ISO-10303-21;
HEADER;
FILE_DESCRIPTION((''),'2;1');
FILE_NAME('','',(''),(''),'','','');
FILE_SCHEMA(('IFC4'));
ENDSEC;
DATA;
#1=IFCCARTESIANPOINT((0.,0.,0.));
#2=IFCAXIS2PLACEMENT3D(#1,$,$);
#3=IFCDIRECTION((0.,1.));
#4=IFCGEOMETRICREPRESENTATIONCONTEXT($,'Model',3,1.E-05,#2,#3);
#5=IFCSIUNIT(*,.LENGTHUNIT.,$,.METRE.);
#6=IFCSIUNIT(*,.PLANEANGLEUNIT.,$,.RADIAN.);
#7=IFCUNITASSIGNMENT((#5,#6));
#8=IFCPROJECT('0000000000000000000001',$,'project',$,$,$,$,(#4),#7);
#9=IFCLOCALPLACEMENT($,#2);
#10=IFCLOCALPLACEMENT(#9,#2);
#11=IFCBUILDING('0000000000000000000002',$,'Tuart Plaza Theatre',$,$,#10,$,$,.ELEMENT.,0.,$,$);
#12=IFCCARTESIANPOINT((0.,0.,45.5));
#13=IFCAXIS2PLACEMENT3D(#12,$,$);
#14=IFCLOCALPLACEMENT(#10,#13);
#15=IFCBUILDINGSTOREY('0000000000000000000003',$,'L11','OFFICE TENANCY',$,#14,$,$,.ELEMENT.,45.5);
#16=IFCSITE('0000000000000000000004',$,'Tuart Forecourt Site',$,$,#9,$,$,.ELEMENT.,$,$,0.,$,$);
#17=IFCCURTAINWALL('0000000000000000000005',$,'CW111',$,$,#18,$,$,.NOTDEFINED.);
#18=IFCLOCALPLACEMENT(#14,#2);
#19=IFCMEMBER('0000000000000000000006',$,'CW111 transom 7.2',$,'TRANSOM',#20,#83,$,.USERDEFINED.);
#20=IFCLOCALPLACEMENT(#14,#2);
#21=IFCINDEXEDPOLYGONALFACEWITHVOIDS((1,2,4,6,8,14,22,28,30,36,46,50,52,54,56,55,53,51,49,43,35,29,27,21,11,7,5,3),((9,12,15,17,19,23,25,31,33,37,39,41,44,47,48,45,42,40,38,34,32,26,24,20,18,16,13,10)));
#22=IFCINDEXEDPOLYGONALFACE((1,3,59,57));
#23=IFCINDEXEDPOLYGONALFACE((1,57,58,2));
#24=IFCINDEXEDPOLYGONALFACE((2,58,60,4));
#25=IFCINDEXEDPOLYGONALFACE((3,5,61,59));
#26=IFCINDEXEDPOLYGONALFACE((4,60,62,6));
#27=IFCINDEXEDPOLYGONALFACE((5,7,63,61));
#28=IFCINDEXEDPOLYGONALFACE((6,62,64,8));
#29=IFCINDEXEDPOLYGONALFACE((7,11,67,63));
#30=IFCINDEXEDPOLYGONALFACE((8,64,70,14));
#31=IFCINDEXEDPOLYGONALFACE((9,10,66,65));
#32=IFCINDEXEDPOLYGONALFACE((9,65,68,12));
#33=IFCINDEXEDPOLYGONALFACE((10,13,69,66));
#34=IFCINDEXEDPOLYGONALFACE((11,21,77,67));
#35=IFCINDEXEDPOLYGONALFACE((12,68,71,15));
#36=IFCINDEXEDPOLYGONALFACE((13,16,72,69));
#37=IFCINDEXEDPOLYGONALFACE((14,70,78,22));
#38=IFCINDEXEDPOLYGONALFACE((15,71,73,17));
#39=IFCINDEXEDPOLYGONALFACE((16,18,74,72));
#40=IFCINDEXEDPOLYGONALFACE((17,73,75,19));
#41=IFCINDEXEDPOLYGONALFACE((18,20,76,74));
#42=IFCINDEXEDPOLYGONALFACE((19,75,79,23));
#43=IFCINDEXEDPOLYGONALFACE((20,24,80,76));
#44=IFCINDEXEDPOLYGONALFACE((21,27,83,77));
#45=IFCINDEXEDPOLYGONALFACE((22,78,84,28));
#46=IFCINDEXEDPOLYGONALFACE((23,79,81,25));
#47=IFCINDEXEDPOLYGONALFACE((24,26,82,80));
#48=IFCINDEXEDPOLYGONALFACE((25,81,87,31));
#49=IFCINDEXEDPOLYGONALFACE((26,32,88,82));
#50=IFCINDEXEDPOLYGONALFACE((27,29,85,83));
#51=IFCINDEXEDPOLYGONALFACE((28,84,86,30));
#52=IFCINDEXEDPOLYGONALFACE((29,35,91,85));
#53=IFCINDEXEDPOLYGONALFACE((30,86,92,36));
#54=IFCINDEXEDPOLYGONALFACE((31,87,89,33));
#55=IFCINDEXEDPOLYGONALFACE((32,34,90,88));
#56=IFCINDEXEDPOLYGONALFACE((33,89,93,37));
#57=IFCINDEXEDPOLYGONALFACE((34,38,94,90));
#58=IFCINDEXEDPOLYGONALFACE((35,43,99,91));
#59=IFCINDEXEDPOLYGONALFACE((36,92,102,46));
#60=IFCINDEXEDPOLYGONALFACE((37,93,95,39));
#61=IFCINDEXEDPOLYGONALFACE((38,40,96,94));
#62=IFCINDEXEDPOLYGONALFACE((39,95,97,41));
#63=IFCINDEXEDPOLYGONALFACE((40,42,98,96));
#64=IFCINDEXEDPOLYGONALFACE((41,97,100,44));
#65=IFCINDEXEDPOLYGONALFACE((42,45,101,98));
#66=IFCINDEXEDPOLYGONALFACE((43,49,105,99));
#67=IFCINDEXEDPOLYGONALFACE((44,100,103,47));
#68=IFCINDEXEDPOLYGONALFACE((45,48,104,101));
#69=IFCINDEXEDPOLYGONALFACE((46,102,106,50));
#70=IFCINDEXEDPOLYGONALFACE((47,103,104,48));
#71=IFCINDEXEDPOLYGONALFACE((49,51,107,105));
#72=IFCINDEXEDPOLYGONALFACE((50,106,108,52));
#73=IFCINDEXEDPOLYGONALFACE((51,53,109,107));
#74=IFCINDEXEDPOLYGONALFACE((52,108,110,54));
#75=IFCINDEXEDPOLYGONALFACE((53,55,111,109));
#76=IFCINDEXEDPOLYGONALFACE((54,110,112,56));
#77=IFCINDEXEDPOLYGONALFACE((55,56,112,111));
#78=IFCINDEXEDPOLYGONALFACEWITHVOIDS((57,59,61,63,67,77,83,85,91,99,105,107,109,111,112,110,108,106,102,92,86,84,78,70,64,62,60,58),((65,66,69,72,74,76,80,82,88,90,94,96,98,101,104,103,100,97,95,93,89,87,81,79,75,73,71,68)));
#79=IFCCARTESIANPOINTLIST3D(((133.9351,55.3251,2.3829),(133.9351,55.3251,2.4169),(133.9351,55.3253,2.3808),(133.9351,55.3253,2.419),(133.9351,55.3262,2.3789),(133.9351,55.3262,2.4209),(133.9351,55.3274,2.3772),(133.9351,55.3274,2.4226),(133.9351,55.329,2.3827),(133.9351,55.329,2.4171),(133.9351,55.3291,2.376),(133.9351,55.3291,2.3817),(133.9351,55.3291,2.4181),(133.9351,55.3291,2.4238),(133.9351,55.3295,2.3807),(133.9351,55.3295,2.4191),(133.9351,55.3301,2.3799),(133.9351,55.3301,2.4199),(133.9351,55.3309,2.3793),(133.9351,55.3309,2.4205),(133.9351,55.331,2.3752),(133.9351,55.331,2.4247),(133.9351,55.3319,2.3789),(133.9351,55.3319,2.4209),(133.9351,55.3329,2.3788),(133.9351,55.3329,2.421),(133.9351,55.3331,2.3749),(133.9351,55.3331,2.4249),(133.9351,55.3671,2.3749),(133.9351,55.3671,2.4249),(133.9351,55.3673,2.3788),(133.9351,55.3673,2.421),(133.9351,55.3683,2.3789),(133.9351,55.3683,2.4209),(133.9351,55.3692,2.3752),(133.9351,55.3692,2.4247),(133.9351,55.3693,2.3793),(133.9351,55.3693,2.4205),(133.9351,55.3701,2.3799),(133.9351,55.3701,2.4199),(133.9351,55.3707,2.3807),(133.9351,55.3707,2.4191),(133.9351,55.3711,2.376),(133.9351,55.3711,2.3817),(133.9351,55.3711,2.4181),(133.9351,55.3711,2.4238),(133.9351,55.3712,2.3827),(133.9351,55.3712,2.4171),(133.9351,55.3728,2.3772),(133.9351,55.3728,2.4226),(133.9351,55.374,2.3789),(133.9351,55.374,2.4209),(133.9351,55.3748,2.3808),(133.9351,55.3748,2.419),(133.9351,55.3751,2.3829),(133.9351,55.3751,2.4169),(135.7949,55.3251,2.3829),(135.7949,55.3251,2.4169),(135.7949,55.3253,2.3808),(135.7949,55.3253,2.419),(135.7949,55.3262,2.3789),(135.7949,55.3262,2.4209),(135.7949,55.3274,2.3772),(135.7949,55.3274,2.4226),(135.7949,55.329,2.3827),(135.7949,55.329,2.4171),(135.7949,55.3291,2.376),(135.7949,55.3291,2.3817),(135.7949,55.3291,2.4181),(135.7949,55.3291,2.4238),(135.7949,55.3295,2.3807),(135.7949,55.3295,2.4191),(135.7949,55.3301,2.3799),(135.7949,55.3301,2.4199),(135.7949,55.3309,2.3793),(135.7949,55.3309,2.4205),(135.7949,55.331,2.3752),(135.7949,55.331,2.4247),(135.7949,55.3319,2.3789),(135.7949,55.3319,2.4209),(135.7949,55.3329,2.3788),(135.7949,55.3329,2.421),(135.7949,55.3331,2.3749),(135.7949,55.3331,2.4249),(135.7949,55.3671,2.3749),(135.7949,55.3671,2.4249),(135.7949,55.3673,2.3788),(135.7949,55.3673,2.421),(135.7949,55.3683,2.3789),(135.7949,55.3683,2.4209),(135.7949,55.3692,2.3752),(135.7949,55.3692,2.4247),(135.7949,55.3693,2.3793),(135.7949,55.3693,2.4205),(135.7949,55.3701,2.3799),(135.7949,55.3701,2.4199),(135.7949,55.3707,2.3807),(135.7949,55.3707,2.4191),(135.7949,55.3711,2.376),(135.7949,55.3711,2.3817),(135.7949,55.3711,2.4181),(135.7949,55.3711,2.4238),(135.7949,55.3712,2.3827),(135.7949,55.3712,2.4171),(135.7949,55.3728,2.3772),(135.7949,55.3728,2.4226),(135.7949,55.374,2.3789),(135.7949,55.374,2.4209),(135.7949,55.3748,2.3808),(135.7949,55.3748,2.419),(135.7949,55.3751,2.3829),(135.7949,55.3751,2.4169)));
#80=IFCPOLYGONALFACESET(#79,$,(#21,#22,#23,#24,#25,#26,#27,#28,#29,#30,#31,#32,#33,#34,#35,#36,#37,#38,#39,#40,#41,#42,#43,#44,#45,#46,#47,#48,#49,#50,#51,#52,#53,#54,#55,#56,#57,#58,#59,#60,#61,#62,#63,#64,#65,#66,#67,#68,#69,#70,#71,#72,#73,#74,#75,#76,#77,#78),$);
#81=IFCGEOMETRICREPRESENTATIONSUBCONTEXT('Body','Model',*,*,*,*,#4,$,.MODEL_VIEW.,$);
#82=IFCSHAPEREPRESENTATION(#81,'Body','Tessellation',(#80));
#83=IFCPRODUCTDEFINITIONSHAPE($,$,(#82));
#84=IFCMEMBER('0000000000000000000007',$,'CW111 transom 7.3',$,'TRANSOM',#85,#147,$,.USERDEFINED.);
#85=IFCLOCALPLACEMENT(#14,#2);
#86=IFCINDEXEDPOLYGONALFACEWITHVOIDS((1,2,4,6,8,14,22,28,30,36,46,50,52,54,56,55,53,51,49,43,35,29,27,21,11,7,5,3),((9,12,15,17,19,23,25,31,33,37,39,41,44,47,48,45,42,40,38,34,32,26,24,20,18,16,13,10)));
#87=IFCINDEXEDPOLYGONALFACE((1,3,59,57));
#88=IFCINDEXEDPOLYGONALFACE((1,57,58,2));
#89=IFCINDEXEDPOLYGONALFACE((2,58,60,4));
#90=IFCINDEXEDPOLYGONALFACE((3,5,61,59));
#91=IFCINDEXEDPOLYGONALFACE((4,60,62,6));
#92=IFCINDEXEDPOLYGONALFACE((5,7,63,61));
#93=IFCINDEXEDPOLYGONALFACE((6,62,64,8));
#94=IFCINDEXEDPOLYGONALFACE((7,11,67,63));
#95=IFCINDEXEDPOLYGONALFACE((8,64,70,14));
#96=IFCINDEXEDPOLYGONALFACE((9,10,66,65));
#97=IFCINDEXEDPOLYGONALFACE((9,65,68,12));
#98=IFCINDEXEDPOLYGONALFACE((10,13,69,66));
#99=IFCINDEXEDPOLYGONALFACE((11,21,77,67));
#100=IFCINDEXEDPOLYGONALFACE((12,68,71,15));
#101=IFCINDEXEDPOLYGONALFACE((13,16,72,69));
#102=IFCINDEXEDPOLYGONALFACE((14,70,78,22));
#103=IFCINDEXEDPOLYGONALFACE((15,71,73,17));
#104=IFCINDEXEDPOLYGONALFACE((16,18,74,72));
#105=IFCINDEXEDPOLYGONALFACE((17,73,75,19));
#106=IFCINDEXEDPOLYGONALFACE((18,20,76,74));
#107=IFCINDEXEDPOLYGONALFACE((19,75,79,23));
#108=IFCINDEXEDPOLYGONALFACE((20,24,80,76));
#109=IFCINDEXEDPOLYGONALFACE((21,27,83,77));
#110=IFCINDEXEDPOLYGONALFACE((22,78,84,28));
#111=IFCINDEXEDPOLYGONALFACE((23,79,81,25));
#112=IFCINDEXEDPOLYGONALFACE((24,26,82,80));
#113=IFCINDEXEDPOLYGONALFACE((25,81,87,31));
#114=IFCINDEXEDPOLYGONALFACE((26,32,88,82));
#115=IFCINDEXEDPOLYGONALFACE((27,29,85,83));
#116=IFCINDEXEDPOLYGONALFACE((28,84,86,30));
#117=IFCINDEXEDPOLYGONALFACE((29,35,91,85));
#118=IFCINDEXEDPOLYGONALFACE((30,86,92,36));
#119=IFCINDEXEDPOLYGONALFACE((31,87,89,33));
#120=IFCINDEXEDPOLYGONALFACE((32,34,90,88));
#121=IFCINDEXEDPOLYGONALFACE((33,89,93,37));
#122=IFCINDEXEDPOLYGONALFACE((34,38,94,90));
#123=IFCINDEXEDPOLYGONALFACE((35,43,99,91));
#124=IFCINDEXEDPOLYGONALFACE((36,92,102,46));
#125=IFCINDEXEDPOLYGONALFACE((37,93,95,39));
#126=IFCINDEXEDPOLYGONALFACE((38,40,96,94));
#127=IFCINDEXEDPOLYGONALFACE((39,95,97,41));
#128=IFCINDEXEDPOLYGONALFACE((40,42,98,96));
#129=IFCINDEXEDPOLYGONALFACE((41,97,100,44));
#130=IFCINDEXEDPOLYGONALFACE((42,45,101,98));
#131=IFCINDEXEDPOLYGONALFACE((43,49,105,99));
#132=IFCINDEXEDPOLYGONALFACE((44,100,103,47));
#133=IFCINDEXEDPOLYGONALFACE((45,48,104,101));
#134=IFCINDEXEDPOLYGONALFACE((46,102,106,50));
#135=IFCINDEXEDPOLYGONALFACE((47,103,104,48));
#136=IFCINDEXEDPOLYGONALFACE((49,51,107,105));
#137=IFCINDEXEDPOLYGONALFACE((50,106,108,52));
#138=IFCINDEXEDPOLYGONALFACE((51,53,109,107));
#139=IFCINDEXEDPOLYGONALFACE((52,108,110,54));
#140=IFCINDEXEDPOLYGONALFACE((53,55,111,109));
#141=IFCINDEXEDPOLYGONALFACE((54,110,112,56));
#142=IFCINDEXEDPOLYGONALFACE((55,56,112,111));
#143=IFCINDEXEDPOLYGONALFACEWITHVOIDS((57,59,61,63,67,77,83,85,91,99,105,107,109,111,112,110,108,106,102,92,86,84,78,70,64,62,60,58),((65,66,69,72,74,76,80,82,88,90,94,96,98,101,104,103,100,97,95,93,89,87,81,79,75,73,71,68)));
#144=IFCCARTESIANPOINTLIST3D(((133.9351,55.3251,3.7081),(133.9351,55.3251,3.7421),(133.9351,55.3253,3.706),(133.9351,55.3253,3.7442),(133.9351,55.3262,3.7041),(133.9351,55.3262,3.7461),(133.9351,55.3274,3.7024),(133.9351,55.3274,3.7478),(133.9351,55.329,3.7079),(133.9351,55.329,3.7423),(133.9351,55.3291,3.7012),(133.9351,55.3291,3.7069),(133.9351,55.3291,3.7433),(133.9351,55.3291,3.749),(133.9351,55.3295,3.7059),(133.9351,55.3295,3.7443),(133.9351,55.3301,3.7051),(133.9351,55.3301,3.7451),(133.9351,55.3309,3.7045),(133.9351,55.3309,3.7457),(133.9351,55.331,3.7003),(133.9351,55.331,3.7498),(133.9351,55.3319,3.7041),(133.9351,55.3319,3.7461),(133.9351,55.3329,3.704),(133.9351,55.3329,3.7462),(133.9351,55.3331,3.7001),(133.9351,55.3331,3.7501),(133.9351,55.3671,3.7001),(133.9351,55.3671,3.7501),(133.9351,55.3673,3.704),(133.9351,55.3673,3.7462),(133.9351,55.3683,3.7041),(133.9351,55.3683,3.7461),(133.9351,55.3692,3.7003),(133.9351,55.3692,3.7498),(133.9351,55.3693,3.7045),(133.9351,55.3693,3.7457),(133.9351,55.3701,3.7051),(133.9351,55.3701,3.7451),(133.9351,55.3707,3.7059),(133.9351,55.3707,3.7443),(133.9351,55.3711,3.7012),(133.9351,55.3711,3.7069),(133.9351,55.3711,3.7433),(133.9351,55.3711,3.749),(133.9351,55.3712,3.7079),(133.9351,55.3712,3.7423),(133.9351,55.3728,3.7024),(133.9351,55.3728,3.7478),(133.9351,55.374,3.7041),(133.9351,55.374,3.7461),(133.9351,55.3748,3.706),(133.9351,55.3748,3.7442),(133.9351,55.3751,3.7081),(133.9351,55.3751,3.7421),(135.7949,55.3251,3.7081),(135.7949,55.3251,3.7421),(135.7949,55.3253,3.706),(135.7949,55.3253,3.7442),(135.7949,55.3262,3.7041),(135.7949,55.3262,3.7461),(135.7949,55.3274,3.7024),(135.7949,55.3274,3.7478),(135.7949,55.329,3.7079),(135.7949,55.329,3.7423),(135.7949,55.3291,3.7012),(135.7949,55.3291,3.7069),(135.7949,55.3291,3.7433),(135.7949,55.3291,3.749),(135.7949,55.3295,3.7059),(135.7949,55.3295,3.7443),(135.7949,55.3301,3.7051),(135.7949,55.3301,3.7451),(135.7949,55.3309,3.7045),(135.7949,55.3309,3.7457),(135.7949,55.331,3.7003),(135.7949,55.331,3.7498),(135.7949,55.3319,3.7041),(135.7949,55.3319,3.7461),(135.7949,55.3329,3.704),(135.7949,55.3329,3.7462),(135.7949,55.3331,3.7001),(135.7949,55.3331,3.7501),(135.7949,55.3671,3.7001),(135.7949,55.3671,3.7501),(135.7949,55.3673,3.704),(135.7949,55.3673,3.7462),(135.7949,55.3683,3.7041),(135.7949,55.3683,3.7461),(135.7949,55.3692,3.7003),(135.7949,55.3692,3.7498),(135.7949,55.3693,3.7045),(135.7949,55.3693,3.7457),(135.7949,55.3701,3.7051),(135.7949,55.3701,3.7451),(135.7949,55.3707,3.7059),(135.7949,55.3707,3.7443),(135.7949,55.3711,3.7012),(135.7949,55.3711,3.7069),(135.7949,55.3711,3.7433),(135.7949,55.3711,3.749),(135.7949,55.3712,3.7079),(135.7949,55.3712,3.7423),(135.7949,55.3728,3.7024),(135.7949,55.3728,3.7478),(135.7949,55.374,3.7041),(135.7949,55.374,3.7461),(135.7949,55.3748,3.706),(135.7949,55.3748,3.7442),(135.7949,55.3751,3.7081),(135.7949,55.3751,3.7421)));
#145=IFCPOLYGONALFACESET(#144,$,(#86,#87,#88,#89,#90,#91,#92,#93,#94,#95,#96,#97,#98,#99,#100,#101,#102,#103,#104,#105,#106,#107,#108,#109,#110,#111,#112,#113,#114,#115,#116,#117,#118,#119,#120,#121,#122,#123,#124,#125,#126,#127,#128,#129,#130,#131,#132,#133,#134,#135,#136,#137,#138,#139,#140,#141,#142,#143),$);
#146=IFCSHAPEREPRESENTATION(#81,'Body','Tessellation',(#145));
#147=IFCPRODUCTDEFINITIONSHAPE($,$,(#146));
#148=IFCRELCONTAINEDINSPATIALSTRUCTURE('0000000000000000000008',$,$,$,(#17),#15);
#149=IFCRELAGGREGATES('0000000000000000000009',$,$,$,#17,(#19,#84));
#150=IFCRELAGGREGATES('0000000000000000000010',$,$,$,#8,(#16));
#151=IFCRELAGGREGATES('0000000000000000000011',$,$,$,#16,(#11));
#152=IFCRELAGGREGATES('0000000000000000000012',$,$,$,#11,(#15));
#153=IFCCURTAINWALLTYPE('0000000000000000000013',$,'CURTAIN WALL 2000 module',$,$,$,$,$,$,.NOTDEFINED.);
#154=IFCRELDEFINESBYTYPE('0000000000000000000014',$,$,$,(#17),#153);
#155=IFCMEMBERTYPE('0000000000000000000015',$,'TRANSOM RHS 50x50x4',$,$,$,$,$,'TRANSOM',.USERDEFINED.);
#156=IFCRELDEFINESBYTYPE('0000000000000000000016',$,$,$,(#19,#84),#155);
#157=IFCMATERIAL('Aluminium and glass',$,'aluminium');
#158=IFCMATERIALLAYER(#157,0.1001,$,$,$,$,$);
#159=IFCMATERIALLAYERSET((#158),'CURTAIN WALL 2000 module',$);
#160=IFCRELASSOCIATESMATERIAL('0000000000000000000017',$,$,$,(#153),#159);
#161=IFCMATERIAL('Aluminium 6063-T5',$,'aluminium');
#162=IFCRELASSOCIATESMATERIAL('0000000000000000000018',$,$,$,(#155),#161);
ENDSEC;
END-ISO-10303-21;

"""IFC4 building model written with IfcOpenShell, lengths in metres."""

from ifc_helpers import new_model, si_unit, direction, frame, origin, origin_2d, place, context, subcontext, project, spatial, hollow_rectangle, extrude, material, layer, layer_set, material_profile, profile_set, type_object, element, aggregate, save


model = new_model("IFC4")

# Units and contexts
model_context = context("Model", 3, precision=1e-05, world=origin(), true_north=direction((0.0, 1.0)))
body_context = subcontext(model_context, "Body", "Model", "MODEL_VIEW")
ifc_project = project(units=[si_unit("LENGTHUNIT", "METRE"), si_unit("PLANEANGLEUNIT", "RADIAN")], contexts=[model_context])

# Site, building, storey
site_placement = place(None, origin())
site = spatial("IfcSite", under=ifc_project, at=site_placement, Name="Tuart Forecourt Site", CompositionType="ELEMENT", RefElevation=0.0)
building_placement = place(site_placement, origin())
building = spatial("IfcBuilding", under=site, at=building_placement, Name="Tuart Plaza Theatre", CompositionType="ELEMENT", ElevationOfRefHeight=0.0)
storey_placement = place(building_placement, frame((0.0, 0.0, 45.5)))
storey = spatial("IfcBuildingStorey", under=building, at=storey_placement, Name="L11", Description="OFFICE TENANCY", CompositionType="ELEMENT", Elevation=45.5)

# Shared definitions
ifc_material_1 = material(Name="Aluminium and glass", Category="aluminium")
ifc_layer_1 = layer(ifc_material_1, 0.1001)
ifc_layer_set_1 = layer_set([ifc_layer_1], Name="CURTAIN WALL 2000 module")
curtain_wall_type = type_object("IfcCurtainWallType", Name="CURTAIN WALL 2000 module", PredefinedType="NOTDEFINED", material=ifc_layer_set_1)

# Curtain wall
curtain_wall_1_placement = place(storey_placement, origin())
curtain_wall_1 = element("IfcCurtainWall", 1, at=curtain_wall_1_placement, inside=storey, type_object=curtain_wall_type, Name="CW111", PredefinedType="NOTDEFINED")

# Members
ifc_material_2 = material(Name="Aluminium 6063-T5", Category="aluminium")
ifc_material_profile_1 = material_profile(ifc_material_2, hollow_rectangle(XDim=0.05, YDim=0.05, WallThickness=0.0039, InnerFilletRadius=0.0039, OuterFilletRadius=0.0081, at=origin_2d()), Name="RHS 50x50x4")
ifc_profile_set_1 = profile_set([ifc_material_profile_1], Name="Aluminium 6063-T5")
member_type_1 = type_object("IfcMemberType", Name="TRANSOM RHS 50x50x4", ElementType="TRANSOM", PredefinedType="USERDEFINED", material=ifc_profile_set_1)
member_1_placement = place(storey_placement, frame((133.9351, 55.3501, 2.3999), z_axis=(1.0, 0.0, 0.0), x_axis=(0.0, 1.0, 0.0)))
member_1 = element("IfcMember", 2, at=member_1_placement, type_object=member_type_1, Name="CW111 transom 7.2", ObjectType="TRANSOM", PredefinedType="USERDEFINED", context=body_context, shape_type="SweptSolid", body=[
    extrude(hollow_rectangle(XDim=0.05, YDim=0.05, WallThickness=0.0039, InnerFilletRadius=0.0039, OuterFilletRadius=0.0081, at=origin_2d()), origin(), (0.0, 0.0, 1.0), 1.8599),
])
member_2_placement = place(storey_placement, frame((133.9351, 55.3501, 3.7251), z_axis=(1.0, 0.0, 0.0), x_axis=(0.0, 1.0, 0.0)))
member_2 = element("IfcMember", 3, at=member_2_placement, type_object=member_type_1, Name="CW111 transom 7.3", ObjectType="TRANSOM", PredefinedType="USERDEFINED", context=body_context, shape_type="SweptSolid", body=[
    extrude(hollow_rectangle(XDim=0.05, YDim=0.05, WallThickness=0.0039, InnerFilletRadius=0.0039, OuterFilletRadius=0.0081, at=origin_2d()), origin(), (0.0, 0.0, 1.0), 1.8599),
])

aggregate(curtain_wall_1, [member_1, member_2])

save(model, "model.ifc")
